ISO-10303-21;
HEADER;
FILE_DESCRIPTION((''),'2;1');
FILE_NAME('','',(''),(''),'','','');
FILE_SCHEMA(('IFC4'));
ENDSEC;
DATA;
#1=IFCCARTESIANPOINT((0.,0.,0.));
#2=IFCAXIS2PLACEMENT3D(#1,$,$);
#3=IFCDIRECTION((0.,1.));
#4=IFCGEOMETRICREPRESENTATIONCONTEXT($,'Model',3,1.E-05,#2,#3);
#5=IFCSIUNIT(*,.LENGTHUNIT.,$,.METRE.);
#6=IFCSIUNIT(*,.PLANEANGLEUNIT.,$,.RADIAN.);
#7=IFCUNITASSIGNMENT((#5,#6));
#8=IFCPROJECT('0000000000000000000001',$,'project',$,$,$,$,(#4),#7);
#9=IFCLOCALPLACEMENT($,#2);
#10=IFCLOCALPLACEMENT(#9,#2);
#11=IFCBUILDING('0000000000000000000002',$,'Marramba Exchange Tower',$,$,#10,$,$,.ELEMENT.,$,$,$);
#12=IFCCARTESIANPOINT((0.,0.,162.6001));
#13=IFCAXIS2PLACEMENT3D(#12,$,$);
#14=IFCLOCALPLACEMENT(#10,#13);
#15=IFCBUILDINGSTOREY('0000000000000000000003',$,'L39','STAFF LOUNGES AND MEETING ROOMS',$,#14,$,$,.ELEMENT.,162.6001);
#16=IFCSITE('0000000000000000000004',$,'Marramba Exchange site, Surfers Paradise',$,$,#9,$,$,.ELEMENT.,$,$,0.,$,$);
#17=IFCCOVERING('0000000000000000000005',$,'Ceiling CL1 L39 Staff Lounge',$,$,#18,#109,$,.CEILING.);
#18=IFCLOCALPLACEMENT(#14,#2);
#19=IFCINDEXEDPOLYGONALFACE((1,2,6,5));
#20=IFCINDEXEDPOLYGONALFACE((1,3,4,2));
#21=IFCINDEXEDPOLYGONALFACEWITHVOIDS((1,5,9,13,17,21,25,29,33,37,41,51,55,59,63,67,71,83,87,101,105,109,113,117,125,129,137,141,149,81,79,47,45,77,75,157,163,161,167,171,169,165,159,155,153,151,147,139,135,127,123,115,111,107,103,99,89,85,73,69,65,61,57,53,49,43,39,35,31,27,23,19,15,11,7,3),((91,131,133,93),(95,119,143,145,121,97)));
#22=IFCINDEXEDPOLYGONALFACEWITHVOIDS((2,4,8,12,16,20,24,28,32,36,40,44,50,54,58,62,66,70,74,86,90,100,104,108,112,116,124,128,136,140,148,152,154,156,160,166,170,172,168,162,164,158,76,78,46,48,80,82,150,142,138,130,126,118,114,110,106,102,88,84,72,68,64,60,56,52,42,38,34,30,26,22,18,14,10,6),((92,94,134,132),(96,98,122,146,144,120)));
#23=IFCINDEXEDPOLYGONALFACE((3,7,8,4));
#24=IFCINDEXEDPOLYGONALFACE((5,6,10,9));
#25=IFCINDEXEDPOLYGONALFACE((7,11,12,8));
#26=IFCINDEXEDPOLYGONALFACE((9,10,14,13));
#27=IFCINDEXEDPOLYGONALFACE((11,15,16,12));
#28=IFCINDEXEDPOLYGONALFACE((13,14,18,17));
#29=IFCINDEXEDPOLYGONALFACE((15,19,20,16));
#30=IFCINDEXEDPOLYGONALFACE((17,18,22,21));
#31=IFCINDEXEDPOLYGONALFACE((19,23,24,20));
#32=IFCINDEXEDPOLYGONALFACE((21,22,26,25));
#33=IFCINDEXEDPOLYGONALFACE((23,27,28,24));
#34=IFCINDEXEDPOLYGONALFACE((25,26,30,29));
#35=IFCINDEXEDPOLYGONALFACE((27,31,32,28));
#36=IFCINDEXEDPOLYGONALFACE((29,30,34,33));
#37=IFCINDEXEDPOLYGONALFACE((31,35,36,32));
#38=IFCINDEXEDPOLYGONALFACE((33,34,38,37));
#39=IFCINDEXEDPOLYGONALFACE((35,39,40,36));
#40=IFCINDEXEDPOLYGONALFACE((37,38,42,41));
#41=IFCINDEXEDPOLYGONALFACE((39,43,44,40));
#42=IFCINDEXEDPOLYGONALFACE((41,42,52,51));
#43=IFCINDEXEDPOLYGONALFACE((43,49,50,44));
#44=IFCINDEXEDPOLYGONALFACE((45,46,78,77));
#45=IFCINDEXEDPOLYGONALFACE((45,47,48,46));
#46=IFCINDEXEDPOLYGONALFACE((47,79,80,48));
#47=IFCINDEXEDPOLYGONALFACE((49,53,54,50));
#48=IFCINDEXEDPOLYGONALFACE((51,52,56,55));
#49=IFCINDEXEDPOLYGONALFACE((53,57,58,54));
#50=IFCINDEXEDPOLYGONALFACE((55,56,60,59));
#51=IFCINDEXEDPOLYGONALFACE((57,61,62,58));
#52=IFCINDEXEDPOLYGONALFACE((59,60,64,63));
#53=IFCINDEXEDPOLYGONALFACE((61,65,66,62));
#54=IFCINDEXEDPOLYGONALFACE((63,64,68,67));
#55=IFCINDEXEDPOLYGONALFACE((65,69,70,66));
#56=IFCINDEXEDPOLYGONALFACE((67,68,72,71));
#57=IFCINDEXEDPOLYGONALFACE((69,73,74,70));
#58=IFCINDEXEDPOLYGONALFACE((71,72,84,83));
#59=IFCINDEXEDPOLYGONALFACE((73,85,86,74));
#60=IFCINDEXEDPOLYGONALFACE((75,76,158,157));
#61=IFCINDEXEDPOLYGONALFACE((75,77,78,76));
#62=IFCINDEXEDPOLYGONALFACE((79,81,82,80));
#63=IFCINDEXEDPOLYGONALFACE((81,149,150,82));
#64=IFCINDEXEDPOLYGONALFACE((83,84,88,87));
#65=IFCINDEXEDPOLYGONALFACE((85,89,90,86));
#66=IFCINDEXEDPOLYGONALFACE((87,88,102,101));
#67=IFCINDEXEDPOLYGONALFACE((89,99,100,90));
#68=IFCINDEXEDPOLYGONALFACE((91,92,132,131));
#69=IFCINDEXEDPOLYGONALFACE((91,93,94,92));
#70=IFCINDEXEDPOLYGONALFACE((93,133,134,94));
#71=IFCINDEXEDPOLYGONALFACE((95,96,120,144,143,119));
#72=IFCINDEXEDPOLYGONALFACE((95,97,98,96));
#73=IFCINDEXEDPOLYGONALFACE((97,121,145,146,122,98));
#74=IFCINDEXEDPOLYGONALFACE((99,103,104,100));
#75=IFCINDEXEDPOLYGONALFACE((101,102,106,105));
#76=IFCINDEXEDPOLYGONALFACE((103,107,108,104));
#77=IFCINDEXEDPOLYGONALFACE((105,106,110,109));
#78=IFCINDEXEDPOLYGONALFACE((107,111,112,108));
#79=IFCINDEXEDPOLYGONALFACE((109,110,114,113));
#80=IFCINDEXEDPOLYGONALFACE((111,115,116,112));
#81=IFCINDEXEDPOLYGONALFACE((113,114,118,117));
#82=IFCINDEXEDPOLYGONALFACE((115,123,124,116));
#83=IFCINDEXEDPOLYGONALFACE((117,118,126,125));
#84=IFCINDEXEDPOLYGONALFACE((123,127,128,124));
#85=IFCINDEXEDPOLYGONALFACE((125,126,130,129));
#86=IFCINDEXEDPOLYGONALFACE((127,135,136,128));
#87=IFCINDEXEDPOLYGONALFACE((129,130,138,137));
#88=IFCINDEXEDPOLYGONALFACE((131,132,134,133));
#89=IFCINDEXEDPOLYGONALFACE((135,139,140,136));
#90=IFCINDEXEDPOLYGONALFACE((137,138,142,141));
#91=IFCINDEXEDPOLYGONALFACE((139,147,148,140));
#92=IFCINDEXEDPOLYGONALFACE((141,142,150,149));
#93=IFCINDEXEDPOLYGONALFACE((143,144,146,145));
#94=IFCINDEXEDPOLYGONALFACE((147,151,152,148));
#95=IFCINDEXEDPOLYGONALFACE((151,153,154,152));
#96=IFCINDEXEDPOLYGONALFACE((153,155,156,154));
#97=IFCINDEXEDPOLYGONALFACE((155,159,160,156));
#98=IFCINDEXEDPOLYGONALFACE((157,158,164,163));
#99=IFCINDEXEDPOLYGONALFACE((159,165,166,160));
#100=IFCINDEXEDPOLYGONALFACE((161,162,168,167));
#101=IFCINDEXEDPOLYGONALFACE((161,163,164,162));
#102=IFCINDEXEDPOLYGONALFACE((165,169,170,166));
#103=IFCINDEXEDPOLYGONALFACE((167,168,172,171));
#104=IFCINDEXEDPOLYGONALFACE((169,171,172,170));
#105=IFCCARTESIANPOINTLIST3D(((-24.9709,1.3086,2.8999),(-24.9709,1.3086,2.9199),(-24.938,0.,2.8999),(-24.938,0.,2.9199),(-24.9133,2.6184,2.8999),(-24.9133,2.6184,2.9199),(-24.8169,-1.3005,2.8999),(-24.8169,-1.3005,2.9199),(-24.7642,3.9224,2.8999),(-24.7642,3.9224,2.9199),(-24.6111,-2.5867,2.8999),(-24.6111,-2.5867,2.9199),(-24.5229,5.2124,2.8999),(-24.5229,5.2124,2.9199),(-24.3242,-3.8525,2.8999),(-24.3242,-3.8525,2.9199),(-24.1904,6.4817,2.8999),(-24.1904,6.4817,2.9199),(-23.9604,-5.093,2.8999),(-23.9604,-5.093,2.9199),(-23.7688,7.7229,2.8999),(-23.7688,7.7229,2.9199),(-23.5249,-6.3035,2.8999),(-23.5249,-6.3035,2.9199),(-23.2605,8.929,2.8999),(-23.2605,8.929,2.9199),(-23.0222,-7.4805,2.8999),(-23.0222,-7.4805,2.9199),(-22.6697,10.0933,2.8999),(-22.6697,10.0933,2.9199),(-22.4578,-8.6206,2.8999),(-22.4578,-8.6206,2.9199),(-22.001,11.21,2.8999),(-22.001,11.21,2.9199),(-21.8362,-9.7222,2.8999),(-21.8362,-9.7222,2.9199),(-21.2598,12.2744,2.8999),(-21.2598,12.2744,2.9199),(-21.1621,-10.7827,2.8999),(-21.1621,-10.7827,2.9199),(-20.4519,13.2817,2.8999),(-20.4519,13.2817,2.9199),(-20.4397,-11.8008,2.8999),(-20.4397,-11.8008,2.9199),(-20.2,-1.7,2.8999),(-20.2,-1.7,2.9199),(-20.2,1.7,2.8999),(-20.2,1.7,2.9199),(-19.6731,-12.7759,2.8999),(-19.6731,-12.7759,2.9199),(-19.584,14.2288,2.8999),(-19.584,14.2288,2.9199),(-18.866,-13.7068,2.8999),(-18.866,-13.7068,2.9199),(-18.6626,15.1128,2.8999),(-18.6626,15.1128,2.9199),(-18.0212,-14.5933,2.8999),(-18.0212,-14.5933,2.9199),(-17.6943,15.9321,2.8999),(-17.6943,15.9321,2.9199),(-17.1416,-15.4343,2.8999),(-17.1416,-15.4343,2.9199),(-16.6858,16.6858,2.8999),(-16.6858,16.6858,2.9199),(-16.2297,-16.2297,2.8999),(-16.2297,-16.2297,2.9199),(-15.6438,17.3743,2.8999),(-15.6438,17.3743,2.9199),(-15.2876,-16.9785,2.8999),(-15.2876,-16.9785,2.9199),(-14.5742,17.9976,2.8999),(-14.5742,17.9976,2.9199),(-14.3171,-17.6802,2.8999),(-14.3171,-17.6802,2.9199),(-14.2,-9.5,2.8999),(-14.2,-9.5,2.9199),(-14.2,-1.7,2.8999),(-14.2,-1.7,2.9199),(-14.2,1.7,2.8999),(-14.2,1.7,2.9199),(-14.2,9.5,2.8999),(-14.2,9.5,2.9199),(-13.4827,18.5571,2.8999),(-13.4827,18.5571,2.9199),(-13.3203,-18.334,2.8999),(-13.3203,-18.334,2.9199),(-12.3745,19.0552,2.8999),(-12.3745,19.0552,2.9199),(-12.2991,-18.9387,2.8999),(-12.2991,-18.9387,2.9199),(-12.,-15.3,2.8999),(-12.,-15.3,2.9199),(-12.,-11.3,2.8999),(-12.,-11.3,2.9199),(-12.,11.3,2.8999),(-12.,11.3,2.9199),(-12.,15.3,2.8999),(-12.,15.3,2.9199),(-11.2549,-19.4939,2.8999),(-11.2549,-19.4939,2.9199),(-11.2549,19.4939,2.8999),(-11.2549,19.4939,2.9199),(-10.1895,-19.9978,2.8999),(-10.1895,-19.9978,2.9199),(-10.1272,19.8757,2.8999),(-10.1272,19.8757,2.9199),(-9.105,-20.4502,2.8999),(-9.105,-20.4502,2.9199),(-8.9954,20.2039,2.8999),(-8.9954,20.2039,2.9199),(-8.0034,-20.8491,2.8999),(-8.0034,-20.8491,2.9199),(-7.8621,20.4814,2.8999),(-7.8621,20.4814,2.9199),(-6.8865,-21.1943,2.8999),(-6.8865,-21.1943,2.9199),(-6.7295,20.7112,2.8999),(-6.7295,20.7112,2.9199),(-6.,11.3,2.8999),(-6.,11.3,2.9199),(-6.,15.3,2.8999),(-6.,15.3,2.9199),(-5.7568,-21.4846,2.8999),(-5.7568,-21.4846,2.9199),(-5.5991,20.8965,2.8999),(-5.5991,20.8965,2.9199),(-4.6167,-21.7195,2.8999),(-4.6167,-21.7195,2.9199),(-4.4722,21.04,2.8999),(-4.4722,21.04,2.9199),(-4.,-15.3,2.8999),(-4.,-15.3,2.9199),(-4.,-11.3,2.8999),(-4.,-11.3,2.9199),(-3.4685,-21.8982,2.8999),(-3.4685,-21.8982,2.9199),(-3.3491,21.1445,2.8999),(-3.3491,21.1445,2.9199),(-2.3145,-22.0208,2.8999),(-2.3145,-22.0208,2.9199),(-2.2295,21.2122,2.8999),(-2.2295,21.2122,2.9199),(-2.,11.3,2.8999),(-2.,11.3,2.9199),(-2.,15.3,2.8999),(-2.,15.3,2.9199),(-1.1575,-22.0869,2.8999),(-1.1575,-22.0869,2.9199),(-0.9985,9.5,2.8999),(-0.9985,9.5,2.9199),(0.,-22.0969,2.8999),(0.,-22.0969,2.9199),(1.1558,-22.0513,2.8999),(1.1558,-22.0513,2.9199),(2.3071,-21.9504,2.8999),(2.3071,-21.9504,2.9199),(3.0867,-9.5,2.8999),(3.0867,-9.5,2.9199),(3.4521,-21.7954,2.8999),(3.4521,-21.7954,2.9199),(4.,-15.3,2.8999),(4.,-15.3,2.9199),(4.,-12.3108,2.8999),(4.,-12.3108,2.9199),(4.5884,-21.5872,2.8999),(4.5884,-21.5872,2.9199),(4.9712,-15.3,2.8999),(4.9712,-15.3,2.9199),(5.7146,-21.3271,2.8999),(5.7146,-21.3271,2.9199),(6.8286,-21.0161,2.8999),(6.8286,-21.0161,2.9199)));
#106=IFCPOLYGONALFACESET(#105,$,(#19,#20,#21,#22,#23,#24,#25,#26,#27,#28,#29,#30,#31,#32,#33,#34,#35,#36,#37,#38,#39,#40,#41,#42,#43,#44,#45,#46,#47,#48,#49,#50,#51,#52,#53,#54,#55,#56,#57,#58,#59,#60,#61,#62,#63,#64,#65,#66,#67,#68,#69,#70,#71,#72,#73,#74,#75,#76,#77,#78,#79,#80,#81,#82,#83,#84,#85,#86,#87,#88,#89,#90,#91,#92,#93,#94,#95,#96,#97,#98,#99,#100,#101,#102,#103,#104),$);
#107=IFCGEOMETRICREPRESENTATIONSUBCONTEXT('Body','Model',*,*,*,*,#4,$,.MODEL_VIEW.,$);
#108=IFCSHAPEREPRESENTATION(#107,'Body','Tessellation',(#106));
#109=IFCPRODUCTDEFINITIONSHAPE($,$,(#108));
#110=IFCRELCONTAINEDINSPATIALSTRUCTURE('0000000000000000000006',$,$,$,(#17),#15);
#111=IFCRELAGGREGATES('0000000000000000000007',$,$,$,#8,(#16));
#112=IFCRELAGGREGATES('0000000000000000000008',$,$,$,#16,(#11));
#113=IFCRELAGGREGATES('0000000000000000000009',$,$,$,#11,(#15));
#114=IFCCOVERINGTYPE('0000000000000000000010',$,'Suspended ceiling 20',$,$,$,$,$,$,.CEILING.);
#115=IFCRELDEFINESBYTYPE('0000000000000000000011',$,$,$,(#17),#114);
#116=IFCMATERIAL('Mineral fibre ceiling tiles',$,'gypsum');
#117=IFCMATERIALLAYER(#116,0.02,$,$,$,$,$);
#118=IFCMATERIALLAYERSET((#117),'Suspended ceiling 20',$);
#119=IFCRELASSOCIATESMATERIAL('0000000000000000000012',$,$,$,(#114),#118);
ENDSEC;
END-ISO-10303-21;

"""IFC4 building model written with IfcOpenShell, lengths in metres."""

from ifc_helpers import new_model, si_unit, direction, frame, origin, place, context, subcontext, project, spatial, polyline, outline, extrude, material, layer, layer_set, type_object, element, save


model = new_model("IFC4")

# Units and contexts
model_context = context("Model", 3, precision=1e-05, world=origin(), true_north=direction((0.0, 1.0)))
body_context = subcontext(model_context, "Body", "Model", "MODEL_VIEW")
ifc_project = project(units=[si_unit("LENGTHUNIT", "METRE"), si_unit("PLANEANGLEUNIT", "RADIAN")], contexts=[model_context])

# Site, building, storey
site_placement = place(None, origin())
site = spatial("IfcSite", under=ifc_project, at=site_placement, Name="Marramba Exchange site, Surfers Paradise", CompositionType="ELEMENT", RefElevation=0.0)
building_placement = place(site_placement, origin())
building = spatial("IfcBuilding", under=site, at=building_placement, Name="Marramba Exchange Tower", CompositionType="ELEMENT")
storey_placement = place(building_placement, frame((0.0, 0.0, 162.6001)))
storey = spatial("IfcBuildingStorey", under=building, at=storey_placement, Name="L39", Description="STAFF LOUNGES AND MEETING ROOMS", CompositionType="ELEMENT", Elevation=162.6001)

# Covering
ifc_material_1 = material(Name="Mineral fibre ceiling tiles", Category="gypsum")
ifc_layer_1 = layer(ifc_material_1, 0.02)
ifc_layer_set_1 = layer_set([ifc_layer_1], Name="Suspended ceiling 20")
covering_type = type_object("IfcCoveringType", Name="Suspended ceiling 20", PredefinedType="CEILING", material=ifc_layer_set_1)
covering_1_placement = place(storey_placement, frame((0.0, 0.0, 2.8999)))
element("IfcCovering", 1, at=covering_1_placement, inside=storey, type_object=covering_type, Name="Ceiling CL1 L39 Staff Lounge", PredefinedType="CEILING", context=body_context, shape_type="SweptSolid", body=[
    extrude(outline(polyline([(-14.2, 1.7), (-20.2, 1.7), (-20.2, -1.7), (-14.2, -1.7), (-14.2, -9.5), (3.0867, -9.5), (4.0, -12.3108), (4.0, -15.3), (4.9712, -15.3), (6.8286, -21.0161), (5.7146, -21.3271), (4.5884, -21.5872), (3.4521, -21.7954), (2.3071, -21.9504), (1.1558, -22.0513), (0.0, -22.0969), (-1.1575, -22.0869), (-2.3145, -22.0208), (-3.4685, -21.8982), (-4.6167, -21.7195), (-5.7568, -21.4846), (-6.8865, -21.1943), (-8.0034, -20.8491), (-9.105, -20.4502), (-10.1895, -19.9978), (-11.2549, -19.4939), (-12.2991, -18.9387), (-13.3203, -18.334), (-14.3171, -17.6802), (-15.2876, -16.9785), (-16.2297, -16.2297), (-17.1416, -15.4343), (-18.0212, -14.5933), (-18.866, -13.7068), (-19.6731, -12.7759), (-20.4397, -11.8008), (-21.1621, -10.7827), (-21.8362, -9.7222), (-22.4578, -8.6206), (-23.0222, -7.4805), (-23.5249, -6.3035), (-23.9604, -5.093), (-24.3242, -3.8525), (-24.6111, -2.5867), (-24.8169, -1.3005), (-24.938, 0.0), (-24.9709, 1.3086), (-24.9133, 2.6184), (-24.7642, 3.9224), (-24.5229, 5.2124), (-24.1904, 6.4817), (-23.7688, 7.7229), (-23.2605, 8.929), (-22.6697, 10.0933), (-22.001, 11.21), (-21.2598, 12.2744), (-20.4519, 13.2817), (-19.584, 14.2288), (-18.6626, 15.1128), (-17.6943, 15.9321), (-16.6858, 16.6858), (-15.6438, 17.3743), (-14.5742, 17.9976), (-13.4827, 18.5571), (-12.3745, 19.0552), (-11.2549, 19.4939), (-10.1272, 19.8757), (-8.9954, 20.2039), (-7.8621, 20.4814), (-6.7295, 20.7112), (-5.5991, 20.8965), (-4.4722, 21.04), (-3.3491, 21.1445), (-2.2295, 21.2122), (-0.9985, 9.5), (-14.2, 9.5), (-14.2, 1.7)]), holes=[polyline([(-12.0, 11.3), (-6.0, 11.3), (-2.0, 11.3), (-2.0, 15.3), (-6.0, 15.3), (-12.0, 15.3), (-12.0, 11.3)]), polyline([(-12.0, -15.3), (-4.0, -15.3), (-4.0, -11.3), (-12.0, -11.3), (-12.0, -15.3)])]), origin(), (0.0, 0.0, 1.0), 0.02),
])

save(model, "model.ifc")
